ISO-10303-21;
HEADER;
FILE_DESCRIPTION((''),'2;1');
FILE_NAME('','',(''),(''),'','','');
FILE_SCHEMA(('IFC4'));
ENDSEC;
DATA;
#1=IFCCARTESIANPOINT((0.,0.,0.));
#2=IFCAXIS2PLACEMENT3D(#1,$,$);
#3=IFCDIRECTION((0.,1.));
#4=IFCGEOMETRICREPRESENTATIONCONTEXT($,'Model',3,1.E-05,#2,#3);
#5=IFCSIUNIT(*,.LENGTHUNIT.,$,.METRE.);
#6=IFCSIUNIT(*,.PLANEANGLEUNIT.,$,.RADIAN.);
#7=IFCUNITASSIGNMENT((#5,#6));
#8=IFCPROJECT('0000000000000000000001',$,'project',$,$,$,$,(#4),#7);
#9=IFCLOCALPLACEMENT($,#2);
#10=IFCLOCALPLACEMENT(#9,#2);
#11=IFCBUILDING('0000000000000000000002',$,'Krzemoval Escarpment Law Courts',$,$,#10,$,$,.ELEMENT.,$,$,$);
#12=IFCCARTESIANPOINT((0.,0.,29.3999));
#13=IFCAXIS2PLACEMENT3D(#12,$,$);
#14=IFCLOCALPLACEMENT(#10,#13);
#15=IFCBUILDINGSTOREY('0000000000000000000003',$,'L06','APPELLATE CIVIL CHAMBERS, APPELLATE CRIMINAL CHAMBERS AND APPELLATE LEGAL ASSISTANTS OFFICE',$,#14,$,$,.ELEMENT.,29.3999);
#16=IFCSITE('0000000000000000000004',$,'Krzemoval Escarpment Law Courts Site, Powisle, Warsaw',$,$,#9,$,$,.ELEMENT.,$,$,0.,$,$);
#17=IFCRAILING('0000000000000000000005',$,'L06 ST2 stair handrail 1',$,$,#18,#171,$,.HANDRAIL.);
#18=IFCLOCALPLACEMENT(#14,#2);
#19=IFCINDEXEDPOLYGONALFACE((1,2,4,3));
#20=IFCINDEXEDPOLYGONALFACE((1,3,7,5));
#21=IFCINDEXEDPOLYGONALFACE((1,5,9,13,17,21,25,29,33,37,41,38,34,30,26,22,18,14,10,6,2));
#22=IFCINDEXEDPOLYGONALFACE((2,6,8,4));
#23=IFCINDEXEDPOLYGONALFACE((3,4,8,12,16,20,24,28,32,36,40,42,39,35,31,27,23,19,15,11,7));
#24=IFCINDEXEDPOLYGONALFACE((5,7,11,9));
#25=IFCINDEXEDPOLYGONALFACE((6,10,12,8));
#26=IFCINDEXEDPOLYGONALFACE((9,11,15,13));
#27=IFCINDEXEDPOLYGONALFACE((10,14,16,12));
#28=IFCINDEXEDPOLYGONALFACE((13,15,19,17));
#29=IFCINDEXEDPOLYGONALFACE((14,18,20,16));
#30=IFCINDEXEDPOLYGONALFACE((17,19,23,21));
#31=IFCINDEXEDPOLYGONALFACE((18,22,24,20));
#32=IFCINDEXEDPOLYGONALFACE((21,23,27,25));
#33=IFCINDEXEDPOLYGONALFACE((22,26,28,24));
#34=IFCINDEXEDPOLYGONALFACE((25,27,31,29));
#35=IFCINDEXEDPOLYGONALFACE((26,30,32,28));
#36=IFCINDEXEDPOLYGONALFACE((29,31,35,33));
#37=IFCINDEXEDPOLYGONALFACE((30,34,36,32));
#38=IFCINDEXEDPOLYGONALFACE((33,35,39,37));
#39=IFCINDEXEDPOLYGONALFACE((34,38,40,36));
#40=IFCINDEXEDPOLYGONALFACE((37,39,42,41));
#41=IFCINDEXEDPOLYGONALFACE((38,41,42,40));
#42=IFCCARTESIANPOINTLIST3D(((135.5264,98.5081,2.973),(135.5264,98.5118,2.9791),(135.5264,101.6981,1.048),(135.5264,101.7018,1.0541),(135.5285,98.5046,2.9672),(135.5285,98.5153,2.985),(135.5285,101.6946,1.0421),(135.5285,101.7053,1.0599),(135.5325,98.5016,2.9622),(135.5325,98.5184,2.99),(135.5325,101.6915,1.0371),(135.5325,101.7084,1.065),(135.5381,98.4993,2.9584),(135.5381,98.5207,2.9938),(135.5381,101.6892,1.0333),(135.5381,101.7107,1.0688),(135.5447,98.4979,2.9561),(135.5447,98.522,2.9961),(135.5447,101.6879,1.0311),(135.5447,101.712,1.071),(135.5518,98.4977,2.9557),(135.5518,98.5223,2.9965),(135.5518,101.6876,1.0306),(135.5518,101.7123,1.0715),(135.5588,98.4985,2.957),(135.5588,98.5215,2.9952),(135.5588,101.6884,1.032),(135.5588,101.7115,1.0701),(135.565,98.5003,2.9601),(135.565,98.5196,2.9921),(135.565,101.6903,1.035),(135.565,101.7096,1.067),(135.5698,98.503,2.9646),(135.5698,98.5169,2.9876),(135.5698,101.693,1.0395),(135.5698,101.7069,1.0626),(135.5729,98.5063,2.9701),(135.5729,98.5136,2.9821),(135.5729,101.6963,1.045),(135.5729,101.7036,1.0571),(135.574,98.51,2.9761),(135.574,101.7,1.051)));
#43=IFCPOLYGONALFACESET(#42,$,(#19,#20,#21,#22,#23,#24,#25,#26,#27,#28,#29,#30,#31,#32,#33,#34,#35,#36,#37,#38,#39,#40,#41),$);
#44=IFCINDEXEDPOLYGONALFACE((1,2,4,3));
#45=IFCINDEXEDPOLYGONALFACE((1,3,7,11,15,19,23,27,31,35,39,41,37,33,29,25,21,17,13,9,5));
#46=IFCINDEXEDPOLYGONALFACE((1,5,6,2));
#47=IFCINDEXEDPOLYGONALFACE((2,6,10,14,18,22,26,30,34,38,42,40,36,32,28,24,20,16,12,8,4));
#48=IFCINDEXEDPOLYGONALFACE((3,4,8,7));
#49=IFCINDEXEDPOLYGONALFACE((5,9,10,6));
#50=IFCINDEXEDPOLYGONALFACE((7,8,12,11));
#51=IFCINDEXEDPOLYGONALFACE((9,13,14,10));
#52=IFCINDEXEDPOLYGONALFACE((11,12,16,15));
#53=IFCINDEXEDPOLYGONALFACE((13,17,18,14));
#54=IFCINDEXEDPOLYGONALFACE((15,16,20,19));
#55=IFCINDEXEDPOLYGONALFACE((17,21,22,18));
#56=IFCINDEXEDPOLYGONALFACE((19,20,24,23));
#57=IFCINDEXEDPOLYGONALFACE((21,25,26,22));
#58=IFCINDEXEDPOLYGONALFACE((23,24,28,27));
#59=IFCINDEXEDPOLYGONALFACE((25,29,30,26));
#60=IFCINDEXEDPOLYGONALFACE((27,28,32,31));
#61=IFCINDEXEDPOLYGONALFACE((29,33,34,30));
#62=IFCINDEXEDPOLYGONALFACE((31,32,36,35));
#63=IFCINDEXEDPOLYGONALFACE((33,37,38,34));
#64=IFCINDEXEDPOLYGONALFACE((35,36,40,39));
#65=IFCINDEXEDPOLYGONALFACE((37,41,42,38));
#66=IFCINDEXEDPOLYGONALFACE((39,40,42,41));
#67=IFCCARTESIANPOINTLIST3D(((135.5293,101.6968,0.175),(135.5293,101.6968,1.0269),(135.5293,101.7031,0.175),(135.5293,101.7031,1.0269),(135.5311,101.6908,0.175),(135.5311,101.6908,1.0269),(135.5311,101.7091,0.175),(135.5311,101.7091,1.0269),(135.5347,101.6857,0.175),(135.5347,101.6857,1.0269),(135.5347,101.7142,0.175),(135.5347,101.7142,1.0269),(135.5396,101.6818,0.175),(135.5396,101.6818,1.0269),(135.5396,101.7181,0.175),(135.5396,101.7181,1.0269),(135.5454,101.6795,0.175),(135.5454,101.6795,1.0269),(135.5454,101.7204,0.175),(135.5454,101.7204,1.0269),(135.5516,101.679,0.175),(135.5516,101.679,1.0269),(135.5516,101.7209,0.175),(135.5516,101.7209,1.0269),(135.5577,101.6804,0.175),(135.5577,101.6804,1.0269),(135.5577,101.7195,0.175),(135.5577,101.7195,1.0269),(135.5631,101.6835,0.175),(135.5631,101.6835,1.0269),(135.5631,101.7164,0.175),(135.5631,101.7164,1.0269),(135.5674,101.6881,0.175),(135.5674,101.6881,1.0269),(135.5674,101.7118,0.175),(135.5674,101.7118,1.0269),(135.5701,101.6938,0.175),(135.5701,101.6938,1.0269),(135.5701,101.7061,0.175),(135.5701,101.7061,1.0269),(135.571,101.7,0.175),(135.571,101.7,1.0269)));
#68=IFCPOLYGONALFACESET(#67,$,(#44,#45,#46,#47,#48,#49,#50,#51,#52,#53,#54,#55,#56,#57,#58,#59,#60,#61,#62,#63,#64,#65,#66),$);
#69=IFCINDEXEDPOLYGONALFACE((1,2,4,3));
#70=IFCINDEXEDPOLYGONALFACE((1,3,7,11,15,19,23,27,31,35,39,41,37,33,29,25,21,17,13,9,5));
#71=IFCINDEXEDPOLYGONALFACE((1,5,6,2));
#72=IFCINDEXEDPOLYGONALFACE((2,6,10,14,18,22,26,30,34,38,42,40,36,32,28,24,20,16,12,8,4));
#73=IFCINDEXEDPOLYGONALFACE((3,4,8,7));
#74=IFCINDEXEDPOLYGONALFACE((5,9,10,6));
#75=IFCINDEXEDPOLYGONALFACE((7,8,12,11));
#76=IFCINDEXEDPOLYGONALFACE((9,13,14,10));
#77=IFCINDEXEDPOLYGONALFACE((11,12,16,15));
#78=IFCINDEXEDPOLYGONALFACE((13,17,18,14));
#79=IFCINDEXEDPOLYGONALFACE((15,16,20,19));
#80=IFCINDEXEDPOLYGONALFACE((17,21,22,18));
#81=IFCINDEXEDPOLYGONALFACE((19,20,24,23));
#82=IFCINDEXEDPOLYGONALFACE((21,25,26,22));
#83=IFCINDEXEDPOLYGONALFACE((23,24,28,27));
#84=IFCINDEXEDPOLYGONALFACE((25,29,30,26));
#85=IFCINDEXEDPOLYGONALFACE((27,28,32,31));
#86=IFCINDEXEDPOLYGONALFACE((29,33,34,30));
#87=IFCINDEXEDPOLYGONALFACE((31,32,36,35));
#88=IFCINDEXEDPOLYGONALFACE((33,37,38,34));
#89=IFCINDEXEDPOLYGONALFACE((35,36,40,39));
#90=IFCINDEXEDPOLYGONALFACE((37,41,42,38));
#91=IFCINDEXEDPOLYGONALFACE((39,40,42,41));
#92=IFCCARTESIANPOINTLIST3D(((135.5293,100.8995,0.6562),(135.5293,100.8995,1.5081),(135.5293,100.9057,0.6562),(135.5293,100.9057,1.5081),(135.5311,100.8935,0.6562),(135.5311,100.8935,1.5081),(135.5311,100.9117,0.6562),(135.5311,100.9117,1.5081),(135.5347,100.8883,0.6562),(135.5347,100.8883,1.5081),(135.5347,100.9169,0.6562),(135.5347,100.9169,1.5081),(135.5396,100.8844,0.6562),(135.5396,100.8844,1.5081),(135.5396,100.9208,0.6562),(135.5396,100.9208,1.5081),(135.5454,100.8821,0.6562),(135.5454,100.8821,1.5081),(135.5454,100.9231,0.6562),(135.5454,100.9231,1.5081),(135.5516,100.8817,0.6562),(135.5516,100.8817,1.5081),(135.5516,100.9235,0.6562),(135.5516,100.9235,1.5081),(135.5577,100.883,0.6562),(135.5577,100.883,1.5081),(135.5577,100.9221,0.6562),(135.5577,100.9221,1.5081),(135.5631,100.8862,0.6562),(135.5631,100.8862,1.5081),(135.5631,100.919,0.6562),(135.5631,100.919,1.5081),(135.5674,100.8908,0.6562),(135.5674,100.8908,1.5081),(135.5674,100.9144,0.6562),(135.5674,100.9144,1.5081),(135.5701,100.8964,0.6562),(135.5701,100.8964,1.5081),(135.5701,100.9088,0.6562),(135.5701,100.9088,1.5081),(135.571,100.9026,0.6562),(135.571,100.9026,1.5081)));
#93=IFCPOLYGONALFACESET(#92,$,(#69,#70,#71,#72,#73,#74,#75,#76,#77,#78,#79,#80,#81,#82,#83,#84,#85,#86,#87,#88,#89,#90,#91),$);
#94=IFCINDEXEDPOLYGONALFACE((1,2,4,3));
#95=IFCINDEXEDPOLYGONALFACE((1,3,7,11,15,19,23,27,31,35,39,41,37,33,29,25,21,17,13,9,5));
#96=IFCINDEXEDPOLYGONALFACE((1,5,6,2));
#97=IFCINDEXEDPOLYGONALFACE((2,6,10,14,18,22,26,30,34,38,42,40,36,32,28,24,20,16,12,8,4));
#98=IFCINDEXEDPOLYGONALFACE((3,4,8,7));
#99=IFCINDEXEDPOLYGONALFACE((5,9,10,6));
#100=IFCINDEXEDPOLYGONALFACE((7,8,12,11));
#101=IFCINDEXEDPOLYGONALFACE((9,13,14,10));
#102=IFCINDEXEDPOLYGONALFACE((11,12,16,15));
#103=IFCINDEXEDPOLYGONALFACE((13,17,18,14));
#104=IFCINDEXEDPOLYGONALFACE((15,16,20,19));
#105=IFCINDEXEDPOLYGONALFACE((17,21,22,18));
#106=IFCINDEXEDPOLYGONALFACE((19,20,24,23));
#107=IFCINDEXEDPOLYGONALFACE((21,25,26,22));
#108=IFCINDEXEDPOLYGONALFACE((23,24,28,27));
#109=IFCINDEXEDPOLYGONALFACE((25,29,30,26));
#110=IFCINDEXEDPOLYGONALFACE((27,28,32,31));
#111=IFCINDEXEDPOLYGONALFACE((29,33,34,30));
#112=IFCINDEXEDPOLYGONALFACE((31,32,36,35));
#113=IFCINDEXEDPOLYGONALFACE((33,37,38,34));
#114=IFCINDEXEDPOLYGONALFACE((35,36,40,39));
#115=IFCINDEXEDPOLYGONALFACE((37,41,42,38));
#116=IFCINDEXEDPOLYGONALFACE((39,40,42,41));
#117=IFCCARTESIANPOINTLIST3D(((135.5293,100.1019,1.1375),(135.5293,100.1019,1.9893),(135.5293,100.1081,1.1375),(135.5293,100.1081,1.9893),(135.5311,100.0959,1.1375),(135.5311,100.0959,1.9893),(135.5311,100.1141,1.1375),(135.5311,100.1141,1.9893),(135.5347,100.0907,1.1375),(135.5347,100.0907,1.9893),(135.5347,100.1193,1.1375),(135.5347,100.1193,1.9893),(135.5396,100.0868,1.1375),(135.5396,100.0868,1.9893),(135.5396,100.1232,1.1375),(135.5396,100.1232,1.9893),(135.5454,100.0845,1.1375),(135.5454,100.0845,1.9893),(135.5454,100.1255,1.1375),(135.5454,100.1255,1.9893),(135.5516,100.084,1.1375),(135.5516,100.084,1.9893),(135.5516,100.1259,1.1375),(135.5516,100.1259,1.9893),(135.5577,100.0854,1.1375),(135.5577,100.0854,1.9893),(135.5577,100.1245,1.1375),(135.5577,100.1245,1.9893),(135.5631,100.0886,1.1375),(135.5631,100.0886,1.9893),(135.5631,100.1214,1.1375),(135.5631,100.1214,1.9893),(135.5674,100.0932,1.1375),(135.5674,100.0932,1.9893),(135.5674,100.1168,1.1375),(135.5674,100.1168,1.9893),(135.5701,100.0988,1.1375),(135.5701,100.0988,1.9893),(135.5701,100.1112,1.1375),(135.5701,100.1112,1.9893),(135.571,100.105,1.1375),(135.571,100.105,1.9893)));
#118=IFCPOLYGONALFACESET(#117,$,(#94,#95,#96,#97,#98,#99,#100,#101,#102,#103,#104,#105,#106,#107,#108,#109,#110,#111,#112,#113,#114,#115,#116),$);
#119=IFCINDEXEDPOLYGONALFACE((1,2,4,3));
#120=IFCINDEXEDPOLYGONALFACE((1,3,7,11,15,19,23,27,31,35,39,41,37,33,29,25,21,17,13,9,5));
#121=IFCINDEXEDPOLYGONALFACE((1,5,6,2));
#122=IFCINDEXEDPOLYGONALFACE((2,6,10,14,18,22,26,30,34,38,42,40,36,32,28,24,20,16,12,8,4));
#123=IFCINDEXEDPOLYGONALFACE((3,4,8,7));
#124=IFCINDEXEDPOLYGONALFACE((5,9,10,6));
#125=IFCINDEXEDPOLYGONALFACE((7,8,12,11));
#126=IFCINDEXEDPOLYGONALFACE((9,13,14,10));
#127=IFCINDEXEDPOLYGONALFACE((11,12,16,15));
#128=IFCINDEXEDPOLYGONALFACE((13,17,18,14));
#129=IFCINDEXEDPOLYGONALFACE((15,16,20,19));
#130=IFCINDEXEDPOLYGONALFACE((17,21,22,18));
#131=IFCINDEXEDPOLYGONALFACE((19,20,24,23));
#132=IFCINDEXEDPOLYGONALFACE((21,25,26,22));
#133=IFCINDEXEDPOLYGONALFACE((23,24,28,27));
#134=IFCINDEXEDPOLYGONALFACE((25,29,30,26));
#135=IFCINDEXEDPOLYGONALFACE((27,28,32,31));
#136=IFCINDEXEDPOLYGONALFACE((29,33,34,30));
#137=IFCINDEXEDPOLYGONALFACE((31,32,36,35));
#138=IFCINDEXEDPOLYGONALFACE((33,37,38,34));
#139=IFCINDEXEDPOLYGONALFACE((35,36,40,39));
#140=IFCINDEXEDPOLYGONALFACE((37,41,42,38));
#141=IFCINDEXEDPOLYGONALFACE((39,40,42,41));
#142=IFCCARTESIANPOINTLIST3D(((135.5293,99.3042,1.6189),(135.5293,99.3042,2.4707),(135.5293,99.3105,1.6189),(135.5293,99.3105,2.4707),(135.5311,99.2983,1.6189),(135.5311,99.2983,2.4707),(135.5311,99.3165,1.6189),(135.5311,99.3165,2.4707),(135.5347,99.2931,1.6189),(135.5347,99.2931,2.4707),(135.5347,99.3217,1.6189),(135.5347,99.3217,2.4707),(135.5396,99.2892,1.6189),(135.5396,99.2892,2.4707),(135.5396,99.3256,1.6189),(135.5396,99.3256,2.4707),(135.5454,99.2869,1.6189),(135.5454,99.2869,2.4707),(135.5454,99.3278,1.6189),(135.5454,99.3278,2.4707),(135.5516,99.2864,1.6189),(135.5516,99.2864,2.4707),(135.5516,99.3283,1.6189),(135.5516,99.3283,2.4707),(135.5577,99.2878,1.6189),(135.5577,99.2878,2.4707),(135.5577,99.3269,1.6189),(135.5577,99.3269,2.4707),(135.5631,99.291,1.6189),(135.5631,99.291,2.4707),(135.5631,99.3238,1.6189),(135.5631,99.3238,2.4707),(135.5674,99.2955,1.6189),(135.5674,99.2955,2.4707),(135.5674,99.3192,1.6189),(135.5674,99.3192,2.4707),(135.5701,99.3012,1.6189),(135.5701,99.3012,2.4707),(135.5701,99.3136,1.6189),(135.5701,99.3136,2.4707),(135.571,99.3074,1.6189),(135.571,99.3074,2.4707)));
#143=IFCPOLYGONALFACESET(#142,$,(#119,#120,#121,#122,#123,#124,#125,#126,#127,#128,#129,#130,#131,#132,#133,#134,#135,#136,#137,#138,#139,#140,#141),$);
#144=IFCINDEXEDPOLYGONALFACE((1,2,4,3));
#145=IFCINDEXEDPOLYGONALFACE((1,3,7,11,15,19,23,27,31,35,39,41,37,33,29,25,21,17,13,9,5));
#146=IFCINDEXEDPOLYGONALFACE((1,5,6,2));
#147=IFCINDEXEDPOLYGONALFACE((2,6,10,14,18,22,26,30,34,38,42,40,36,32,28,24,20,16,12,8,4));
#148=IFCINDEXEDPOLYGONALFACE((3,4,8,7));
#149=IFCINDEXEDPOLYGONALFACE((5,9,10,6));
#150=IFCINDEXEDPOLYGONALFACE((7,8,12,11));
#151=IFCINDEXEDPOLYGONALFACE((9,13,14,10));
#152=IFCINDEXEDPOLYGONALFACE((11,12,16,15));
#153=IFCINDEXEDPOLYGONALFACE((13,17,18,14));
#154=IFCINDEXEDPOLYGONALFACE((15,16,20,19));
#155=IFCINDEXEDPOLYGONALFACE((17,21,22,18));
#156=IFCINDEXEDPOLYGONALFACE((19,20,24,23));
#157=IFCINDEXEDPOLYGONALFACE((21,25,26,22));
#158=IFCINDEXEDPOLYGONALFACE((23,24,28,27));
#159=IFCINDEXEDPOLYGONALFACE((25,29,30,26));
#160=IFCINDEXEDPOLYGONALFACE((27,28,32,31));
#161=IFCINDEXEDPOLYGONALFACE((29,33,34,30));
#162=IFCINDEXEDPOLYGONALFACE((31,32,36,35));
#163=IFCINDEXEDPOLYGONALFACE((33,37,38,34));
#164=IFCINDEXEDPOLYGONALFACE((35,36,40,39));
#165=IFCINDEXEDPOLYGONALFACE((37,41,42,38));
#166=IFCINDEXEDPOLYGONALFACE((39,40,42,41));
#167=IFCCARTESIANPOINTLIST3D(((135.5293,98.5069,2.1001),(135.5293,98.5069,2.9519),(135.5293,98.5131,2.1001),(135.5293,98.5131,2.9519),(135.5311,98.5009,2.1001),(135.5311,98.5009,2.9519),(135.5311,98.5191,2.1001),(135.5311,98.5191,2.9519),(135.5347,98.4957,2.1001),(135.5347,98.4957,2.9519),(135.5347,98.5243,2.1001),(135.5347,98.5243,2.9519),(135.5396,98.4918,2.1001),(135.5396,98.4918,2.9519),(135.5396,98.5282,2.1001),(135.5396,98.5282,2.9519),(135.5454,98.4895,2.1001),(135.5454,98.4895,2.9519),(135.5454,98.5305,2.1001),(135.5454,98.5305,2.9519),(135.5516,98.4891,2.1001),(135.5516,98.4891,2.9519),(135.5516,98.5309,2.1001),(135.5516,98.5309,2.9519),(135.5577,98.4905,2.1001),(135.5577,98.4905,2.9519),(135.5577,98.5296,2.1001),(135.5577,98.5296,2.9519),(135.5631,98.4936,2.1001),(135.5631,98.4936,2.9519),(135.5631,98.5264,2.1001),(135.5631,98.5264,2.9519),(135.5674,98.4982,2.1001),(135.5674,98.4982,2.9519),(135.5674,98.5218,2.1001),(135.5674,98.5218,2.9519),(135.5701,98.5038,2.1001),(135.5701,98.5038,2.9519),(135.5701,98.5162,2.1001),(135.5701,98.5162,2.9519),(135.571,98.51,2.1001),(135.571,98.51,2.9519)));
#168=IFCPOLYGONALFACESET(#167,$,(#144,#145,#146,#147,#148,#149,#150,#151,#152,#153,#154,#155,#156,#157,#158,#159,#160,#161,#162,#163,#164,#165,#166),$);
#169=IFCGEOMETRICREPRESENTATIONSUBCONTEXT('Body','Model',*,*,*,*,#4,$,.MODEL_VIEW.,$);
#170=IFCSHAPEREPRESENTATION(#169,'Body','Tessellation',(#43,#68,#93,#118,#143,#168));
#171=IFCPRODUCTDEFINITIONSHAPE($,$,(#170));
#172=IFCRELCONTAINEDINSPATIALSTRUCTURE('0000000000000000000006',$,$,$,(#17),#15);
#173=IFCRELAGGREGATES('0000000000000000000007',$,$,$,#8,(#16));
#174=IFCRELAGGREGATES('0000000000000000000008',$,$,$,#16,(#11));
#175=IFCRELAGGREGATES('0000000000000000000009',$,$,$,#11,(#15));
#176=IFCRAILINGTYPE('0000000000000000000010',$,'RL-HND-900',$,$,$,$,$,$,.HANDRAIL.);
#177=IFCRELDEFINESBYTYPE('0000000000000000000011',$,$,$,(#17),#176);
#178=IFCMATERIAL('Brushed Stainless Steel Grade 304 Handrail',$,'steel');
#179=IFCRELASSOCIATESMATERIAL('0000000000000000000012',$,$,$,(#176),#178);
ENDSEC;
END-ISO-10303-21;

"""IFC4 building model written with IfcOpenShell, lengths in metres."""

from ifc_helpers import new_model, si_unit, direction, frame, origin, origin_2d, place, context, subcontext, project, spatial, circle, extrude, material, type_object, element, save


model = new_model("IFC4")

# Units and contexts
model_context = context("Model", 3, precision=1e-05, world=origin(), true_north=direction((0.0, 1.0)))
body_context = subcontext(model_context, "Body", "Model", "MODEL_VIEW")
ifc_project = project(units=[si_unit("LENGTHUNIT", "METRE"), si_unit("PLANEANGLEUNIT", "RADIAN")], contexts=[model_context])

# Site, building, storey
site_placement = place(None, origin())
site = spatial("IfcSite", under=ifc_project, at=site_placement, Name="Krzemoval Escarpment Law Courts Site, Powisle, Warsaw", CompositionType="ELEMENT", RefElevation=0.0)
building_placement = place(site_placement, origin())
building = spatial("IfcBuilding", under=site, at=building_placement, Name="Krzemoval Escarpment Law Courts", CompositionType="ELEMENT")
storey_placement = place(building_placement, frame((0.0, 0.0, 29.3999)))
storey = spatial("IfcBuildingStorey", under=building, at=storey_placement, Name="L06", Description="APPELLATE CIVIL CHAMBERS, APPELLATE CRIMINAL CHAMBERS AND APPELLATE LEGAL ASSISTANTS OFFICE", CompositionType="ELEMENT", Elevation=29.3999)

# Railing
ifc_material_1 = material(Name="Brushed Stainless Steel Grade 304 Handrail", Category="steel")
railing_type_1 = type_object("IfcRailingType", Name="RL-HND-900", PredefinedType="HANDRAIL", material=ifc_material_1)
railing_1_placement = place(storey_placement, frame((135.55, 101.7, 0.175)))
element("IfcRailing", 1, at=railing_1_placement, inside=storey, type_object=railing_type_1, Name="L06 ST2 stair handrail 1", PredefinedType="HANDRAIL", context=body_context, shape_type="SweptSolid", body=[
    extrude(circle(Radius=0.0239, at=origin_2d()), frame((0.0, 0.0, 0.876), z_axis=(0.0, -0.856178, 0.516682), x_axis=(1.0, 0.0, 0.0)), (0.0, 0.0, 1.0), 3.7258),
    extrude(circle(Radius=0.021, at=origin_2d()), origin(), (0.0, 0.0, 1.0), 0.8518),
    extrude(circle(Radius=0.021, at=origin_2d()), frame((0.0, -0.7974, 0.4812)), (0.0, 0.0, 1.0), 0.8518),
    extrude(circle(Radius=0.021, at=origin_2d()), frame((0.0, -1.595, 0.9624)), (0.0, 0.0, 1.0), 0.8518),
    extrude(circle(Radius=0.021, at=origin_2d()), frame((0.0, -2.3926, 1.4438)), (0.0, 0.0, 1.0), 0.8518),
    extrude(circle(Radius=0.021, at=origin_2d()), frame((0.0, -3.1899, 1.925)), (0.0, 0.0, 1.0), 0.8518),
])

save(model, "model.ifc")
